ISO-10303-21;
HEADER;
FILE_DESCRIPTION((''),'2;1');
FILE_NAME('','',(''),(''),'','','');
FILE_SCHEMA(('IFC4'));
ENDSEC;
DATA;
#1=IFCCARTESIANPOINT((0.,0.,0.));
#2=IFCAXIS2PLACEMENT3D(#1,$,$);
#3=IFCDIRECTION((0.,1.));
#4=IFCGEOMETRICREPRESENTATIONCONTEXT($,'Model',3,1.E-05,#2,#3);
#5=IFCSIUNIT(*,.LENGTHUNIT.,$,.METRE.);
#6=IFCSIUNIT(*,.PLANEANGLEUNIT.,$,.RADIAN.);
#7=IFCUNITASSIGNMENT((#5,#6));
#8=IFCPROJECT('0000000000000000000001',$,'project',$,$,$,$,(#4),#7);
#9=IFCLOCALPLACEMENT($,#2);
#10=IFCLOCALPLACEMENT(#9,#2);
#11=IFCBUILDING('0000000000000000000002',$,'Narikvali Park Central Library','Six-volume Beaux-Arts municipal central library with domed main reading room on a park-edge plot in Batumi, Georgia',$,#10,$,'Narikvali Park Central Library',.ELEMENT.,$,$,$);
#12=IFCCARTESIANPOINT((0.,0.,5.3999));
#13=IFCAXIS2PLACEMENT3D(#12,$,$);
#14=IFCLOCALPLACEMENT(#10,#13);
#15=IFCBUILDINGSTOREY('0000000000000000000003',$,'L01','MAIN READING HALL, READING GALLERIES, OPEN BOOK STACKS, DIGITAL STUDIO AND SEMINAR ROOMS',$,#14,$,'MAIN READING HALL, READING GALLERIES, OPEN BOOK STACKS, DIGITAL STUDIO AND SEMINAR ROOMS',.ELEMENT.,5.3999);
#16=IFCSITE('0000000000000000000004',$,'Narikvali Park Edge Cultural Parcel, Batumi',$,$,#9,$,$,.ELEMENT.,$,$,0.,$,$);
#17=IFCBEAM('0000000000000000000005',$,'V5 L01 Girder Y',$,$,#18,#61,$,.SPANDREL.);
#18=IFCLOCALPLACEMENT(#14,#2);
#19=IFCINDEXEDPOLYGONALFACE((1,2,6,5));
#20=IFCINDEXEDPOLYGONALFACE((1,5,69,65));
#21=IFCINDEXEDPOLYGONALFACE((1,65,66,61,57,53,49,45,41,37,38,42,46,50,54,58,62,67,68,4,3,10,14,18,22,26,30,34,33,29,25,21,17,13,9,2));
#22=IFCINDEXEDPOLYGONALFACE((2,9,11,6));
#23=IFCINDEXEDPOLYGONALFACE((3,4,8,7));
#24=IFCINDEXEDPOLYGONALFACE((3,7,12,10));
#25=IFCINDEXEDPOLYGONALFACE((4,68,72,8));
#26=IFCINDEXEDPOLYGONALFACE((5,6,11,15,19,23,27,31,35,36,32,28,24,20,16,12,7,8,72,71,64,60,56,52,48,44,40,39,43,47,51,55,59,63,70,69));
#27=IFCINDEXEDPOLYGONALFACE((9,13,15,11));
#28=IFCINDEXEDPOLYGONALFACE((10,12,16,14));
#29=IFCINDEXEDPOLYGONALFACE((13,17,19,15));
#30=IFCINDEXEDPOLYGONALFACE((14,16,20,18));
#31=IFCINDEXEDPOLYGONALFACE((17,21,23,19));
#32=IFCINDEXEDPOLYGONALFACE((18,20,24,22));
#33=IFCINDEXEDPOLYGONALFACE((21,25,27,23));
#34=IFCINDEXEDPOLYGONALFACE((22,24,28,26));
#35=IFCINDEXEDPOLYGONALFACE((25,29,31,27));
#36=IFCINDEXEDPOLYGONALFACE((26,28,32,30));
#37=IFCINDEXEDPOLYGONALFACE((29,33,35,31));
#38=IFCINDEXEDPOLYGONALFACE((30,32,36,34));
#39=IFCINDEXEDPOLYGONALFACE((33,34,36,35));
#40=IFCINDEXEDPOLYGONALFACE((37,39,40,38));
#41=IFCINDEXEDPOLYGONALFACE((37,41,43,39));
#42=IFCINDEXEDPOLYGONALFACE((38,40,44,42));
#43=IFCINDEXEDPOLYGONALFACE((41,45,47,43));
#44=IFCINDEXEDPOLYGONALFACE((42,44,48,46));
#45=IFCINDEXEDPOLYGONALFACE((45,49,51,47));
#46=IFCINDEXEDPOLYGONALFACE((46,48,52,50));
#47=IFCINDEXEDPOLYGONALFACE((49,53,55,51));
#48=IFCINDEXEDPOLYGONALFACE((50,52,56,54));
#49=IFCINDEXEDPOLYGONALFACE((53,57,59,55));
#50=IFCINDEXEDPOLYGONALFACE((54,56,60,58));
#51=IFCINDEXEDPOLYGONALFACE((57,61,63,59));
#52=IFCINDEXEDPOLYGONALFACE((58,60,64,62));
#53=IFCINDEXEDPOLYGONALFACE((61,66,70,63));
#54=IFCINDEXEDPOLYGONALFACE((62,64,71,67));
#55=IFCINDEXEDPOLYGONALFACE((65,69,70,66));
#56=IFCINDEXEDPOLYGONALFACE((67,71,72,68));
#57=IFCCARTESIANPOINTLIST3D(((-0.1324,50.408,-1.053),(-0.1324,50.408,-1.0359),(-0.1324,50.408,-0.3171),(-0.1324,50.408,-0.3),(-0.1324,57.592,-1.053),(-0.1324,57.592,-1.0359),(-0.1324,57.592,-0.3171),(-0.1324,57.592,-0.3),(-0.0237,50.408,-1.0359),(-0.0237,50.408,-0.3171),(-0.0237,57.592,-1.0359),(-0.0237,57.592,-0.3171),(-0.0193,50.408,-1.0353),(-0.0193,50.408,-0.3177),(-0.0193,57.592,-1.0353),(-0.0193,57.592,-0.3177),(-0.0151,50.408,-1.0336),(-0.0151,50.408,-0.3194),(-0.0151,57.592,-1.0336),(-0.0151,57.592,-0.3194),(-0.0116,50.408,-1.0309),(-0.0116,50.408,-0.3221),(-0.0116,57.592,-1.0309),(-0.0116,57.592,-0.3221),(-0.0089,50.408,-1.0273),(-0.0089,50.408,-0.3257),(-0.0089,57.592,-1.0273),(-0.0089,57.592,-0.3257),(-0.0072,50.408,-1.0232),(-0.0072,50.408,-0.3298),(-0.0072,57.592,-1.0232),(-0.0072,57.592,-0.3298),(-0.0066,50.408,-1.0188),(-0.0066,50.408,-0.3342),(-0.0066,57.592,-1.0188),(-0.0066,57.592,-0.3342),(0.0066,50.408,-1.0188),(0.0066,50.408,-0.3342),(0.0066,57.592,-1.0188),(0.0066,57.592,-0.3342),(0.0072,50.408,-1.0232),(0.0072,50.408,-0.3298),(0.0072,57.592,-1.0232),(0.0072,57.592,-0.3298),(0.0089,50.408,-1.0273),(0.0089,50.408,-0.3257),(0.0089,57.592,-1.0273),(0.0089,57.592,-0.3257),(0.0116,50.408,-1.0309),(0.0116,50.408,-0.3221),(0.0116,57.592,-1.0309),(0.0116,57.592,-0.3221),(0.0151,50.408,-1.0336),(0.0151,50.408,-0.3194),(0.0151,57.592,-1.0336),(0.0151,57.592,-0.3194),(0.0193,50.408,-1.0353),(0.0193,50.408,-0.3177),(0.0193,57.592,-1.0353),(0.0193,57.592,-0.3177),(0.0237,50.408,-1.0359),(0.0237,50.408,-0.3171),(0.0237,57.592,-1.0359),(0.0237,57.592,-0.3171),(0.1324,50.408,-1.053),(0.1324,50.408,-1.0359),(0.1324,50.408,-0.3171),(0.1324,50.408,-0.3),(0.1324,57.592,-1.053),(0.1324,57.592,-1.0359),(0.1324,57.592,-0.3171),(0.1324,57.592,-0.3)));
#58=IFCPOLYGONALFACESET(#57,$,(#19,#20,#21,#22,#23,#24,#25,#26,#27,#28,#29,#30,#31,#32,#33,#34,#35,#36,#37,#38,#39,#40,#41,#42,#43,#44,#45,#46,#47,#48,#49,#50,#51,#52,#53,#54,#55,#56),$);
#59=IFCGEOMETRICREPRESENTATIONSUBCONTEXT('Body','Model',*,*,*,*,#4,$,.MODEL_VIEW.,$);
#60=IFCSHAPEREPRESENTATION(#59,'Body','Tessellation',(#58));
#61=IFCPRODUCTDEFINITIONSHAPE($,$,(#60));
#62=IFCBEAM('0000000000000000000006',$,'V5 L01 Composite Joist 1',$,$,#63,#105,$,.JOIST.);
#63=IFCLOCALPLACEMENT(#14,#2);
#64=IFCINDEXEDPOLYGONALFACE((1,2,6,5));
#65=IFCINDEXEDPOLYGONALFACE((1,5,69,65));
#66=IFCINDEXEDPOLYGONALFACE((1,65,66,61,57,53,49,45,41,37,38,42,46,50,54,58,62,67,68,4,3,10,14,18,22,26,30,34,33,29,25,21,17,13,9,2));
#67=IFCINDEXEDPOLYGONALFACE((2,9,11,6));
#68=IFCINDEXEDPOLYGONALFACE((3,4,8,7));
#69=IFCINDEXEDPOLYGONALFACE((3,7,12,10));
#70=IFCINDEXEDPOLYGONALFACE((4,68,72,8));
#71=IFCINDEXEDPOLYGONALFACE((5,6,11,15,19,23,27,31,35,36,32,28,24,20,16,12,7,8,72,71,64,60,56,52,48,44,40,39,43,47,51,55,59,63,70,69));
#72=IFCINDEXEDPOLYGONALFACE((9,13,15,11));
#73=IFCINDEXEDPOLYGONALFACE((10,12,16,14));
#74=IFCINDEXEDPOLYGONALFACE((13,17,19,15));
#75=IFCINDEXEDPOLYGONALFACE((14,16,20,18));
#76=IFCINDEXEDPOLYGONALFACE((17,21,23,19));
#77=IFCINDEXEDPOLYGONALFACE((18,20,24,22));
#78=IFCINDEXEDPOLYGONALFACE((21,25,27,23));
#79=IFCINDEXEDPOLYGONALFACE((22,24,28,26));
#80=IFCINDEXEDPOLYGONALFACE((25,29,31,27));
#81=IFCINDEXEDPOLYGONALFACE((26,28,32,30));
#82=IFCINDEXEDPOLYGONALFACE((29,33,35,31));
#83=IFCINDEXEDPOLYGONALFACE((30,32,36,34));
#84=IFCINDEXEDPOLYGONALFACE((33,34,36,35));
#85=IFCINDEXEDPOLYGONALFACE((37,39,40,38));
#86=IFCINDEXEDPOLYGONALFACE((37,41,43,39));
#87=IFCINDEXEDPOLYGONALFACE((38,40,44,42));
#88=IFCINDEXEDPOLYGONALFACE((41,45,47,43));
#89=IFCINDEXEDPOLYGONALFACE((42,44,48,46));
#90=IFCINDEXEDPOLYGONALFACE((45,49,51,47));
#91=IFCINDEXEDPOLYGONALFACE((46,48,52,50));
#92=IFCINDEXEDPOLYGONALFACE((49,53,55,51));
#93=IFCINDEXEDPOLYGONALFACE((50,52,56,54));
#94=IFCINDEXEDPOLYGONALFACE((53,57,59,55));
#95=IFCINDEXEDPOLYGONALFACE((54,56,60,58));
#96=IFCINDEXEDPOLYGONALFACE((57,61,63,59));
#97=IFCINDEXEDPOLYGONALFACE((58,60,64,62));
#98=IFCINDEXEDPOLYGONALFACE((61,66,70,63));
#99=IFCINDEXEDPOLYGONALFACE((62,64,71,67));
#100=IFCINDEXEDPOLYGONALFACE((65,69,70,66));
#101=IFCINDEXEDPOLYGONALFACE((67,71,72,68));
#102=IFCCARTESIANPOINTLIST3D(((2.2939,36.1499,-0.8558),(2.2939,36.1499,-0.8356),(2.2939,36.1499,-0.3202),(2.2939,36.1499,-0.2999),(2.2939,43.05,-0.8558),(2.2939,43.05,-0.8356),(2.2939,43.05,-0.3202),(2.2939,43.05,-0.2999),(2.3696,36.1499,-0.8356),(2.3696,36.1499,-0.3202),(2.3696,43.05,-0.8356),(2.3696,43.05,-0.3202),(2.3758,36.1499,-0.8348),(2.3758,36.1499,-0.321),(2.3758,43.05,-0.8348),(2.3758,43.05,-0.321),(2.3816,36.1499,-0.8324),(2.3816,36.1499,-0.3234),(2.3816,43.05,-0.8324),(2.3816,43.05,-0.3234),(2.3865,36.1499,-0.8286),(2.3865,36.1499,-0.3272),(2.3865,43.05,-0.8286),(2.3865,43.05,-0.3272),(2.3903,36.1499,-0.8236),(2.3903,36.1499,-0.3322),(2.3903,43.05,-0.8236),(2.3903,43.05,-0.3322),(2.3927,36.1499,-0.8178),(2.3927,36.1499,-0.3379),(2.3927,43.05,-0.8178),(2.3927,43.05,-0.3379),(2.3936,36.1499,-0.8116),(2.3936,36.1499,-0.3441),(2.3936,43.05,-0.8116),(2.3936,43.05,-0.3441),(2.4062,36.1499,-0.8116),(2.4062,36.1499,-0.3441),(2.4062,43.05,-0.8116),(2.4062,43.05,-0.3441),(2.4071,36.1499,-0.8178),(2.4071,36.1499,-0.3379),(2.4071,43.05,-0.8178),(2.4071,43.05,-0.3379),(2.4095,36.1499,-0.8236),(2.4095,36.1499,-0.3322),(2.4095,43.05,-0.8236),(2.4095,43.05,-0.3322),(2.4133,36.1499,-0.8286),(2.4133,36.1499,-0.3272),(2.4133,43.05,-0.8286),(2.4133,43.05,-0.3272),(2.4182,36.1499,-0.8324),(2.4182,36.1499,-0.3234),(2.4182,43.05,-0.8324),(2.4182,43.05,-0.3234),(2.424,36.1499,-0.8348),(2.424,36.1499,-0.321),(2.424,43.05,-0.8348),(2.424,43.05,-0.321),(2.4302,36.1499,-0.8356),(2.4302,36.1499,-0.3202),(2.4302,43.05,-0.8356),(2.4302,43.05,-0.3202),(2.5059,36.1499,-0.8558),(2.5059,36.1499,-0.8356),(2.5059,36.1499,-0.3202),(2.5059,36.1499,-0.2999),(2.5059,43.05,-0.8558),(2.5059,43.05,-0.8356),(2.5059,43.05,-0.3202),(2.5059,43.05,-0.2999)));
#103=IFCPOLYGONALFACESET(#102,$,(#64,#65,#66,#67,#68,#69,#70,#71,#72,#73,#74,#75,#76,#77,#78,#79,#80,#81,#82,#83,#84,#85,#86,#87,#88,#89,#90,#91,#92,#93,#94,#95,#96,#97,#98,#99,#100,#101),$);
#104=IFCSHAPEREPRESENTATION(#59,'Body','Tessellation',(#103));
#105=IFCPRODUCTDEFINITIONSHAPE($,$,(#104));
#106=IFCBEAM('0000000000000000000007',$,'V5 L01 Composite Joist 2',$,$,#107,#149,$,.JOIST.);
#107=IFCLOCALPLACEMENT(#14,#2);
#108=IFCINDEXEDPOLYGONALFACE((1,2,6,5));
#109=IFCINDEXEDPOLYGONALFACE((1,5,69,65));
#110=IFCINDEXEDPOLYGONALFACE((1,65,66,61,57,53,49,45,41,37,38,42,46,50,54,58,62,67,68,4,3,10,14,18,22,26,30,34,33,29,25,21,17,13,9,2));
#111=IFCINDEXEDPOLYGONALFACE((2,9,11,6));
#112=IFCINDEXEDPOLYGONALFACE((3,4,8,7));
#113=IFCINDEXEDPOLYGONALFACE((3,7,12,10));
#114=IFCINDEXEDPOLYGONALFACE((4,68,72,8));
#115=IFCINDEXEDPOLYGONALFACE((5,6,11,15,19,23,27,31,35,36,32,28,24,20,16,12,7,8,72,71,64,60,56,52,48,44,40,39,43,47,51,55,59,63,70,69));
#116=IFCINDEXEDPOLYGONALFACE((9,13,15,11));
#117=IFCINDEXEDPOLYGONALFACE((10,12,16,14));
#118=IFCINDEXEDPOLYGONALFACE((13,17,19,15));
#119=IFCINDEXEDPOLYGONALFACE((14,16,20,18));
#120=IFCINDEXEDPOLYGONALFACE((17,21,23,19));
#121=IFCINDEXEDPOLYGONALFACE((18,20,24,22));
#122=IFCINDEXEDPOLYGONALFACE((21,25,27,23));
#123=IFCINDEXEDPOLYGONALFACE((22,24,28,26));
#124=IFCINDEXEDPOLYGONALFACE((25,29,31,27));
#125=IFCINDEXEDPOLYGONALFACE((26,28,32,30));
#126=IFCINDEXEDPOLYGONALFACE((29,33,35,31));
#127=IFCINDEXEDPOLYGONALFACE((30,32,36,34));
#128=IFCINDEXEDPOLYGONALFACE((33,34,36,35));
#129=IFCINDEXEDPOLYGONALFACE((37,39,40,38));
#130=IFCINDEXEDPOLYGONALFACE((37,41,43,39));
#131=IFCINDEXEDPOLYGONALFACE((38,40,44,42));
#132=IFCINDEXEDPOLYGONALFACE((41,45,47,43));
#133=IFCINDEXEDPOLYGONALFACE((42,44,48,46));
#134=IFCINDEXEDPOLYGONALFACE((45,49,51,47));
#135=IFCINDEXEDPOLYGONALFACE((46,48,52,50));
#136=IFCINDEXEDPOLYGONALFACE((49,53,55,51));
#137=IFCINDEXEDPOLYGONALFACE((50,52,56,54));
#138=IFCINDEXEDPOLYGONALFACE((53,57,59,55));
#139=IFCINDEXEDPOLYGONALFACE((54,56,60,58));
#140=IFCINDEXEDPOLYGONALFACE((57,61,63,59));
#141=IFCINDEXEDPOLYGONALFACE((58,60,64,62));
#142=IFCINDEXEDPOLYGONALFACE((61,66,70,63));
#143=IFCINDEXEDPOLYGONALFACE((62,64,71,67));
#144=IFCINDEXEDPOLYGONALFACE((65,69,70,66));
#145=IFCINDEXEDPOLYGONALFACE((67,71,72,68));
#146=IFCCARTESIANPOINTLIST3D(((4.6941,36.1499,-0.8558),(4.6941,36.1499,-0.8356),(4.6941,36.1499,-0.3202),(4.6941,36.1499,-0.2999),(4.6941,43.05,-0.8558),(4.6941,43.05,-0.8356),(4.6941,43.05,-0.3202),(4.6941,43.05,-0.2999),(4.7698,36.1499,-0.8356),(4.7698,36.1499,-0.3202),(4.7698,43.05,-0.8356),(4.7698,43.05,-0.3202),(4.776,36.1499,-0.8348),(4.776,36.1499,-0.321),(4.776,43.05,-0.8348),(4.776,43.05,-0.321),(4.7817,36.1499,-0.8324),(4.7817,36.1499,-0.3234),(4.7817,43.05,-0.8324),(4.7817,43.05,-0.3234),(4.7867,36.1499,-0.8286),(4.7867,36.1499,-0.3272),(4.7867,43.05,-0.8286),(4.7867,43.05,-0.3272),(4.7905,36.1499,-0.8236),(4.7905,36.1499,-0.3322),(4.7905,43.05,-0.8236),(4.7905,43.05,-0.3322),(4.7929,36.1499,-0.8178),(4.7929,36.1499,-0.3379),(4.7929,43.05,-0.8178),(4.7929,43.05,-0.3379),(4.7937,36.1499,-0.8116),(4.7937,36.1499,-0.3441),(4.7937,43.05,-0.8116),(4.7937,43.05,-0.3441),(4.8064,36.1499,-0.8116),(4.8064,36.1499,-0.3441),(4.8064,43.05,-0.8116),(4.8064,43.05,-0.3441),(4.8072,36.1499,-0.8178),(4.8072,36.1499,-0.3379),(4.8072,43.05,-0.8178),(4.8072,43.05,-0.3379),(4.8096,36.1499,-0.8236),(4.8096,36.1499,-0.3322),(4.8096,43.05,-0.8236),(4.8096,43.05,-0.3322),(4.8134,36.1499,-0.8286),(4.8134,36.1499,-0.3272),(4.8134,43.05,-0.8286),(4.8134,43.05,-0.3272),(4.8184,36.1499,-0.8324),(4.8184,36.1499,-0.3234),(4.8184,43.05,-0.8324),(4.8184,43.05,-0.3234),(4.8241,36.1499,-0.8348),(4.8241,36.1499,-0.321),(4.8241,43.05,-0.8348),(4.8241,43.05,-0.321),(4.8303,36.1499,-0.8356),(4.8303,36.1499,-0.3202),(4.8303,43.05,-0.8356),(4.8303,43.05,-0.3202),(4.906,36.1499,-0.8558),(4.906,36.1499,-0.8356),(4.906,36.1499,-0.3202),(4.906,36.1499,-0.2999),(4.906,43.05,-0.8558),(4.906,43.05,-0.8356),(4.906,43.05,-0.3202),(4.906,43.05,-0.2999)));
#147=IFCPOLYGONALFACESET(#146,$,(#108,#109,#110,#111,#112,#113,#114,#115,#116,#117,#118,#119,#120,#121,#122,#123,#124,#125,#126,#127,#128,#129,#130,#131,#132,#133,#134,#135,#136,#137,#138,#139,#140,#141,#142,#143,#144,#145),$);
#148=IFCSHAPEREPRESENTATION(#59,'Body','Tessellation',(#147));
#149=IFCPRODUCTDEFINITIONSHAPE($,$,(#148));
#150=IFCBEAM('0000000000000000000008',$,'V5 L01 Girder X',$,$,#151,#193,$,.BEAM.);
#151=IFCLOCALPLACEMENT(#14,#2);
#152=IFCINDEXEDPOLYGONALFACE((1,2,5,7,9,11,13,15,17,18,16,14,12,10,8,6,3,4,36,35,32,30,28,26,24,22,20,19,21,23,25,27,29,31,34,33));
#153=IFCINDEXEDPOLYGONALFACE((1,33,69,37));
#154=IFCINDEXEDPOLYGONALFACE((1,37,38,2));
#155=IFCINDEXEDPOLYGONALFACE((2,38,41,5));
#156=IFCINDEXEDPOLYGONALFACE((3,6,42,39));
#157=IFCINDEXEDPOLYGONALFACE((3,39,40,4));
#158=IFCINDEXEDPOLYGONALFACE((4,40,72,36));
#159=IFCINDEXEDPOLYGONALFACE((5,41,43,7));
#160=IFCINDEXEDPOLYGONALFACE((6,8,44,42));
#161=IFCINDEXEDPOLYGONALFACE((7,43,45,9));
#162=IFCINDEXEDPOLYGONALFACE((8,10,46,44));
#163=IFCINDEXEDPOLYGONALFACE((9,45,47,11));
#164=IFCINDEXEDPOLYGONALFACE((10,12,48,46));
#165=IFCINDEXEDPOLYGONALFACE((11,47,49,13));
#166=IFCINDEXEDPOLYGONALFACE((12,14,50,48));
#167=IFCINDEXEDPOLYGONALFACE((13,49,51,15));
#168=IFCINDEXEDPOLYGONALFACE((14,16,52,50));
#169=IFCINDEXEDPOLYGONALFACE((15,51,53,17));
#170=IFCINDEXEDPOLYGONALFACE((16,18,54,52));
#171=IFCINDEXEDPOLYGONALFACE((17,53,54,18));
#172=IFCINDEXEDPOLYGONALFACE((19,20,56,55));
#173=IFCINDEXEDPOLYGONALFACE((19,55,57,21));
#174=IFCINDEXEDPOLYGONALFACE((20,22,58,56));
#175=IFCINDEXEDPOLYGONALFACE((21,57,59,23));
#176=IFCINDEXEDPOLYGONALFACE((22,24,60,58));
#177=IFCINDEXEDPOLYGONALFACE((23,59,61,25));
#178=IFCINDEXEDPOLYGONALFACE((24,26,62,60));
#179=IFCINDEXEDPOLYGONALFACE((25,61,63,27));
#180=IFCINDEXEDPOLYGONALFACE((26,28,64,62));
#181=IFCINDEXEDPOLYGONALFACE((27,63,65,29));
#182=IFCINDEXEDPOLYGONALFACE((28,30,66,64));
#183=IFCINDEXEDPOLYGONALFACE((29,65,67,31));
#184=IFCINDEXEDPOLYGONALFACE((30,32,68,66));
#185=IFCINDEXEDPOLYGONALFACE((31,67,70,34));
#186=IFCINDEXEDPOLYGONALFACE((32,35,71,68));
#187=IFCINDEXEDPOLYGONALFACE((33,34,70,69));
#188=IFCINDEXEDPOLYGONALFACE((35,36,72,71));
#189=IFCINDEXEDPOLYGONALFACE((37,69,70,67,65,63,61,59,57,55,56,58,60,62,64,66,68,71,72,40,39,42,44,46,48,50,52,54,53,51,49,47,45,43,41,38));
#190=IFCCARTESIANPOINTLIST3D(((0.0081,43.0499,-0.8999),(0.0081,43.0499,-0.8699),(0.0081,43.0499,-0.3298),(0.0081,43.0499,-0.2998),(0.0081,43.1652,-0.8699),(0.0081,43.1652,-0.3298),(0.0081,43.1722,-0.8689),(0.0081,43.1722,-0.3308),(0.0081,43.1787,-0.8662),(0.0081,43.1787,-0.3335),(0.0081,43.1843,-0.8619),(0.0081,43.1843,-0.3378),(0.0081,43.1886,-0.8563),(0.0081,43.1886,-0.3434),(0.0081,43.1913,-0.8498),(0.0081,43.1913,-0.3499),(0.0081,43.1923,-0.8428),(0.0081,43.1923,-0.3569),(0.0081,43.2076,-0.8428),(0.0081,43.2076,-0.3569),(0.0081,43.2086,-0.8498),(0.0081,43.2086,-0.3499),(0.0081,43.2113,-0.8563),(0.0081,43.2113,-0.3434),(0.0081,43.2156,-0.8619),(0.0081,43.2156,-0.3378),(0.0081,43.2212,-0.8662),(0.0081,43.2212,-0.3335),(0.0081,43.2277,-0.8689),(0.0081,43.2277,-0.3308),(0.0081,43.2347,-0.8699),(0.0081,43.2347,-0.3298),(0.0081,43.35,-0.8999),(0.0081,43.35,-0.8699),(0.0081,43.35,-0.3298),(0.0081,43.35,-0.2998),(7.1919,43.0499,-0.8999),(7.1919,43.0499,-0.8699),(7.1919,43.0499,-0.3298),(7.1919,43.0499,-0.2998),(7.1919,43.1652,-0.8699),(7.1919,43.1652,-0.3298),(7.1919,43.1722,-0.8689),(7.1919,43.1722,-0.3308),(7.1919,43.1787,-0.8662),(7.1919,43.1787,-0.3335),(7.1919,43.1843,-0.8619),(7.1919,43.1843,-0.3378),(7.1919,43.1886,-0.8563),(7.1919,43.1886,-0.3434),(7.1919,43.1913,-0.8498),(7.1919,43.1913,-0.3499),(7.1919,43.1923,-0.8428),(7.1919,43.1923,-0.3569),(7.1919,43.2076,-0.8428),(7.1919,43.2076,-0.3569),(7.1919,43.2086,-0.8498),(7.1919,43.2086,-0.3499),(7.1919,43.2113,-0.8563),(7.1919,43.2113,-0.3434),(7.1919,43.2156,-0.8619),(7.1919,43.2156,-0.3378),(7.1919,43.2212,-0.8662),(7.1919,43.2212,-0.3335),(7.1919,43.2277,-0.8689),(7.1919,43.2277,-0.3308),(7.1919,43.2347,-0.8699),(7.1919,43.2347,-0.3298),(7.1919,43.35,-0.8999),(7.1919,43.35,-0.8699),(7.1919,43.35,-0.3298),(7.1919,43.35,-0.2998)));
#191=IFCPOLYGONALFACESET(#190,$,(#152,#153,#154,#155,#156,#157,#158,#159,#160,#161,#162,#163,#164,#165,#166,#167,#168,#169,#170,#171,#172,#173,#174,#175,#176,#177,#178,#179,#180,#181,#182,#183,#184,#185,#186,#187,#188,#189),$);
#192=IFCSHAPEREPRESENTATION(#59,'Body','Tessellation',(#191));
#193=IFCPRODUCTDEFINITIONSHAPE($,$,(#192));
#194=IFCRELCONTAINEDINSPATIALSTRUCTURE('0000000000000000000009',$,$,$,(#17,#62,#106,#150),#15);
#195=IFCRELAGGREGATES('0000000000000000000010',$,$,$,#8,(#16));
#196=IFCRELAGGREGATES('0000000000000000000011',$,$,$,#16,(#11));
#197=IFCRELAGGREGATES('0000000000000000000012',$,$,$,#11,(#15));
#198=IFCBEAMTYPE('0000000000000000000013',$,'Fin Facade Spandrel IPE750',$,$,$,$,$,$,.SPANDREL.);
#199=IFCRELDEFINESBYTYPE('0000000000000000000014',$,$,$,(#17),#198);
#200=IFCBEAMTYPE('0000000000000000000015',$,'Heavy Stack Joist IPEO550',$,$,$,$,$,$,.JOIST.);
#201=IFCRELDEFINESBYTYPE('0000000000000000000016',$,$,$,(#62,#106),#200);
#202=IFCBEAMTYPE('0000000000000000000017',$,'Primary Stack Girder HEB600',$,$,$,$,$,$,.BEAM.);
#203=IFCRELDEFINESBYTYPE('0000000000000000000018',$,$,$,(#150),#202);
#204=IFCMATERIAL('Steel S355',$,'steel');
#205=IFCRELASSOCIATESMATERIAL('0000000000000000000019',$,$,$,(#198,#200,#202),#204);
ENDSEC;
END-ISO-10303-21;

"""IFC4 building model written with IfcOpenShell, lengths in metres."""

from ifc_helpers import new_model, si_unit, direction, frame, origin, origin_2d, place, context, subcontext, project, spatial, i_section, extrude, material, material_profile, profile_set, type_object, element, save


model = new_model("IFC4")

# Units and contexts
model_context = context("Model", 3, precision=1e-05, world=origin(), true_north=direction((0.0, 1.0)))
body_context = subcontext(model_context, "Body", "Model", "MODEL_VIEW")
ifc_project = project(units=[si_unit("LENGTHUNIT", "METRE"), si_unit("PLANEANGLEUNIT", "RADIAN")], contexts=[model_context])

# Site, building, storey
site_placement = place(None, origin())
site = spatial("IfcSite", under=ifc_project, at=site_placement, Name="Narikvali Park Edge Cultural Parcel, Batumi", CompositionType="ELEMENT", RefElevation=0.0)
building_placement = place(site_placement, origin())
building = spatial("IfcBuilding", under=site, at=building_placement, Name="Narikvali Park Central Library", Description="Six-volume Beaux-Arts municipal central library with domed main reading room on a park-edge plot in Batumi, Georgia", LongName="Narikvali Park Central Library", CompositionType="ELEMENT")
storey_placement = place(building_placement, frame((0.0, 0.0, 5.3999)))
storey = spatial("IfcBuildingStorey", under=building, at=storey_placement, Name="L01", Description="MAIN READING HALL, READING GALLERIES, OPEN BOOK STACKS, DIGITAL STUDIO AND SEMINAR ROOMS", LongName="MAIN READING HALL, READING GALLERIES, OPEN BOOK STACKS, DIGITAL STUDIO AND SEMINAR ROOMS", CompositionType="ELEMENT", Elevation=5.3999)

# Shared definitions
ifc_material_1 = material(Name="Steel S355", Category="steel")

# Beams
ifc_material_profile_1 = material_profile(ifc_material_1, i_section(OverallWidth=0.2649, OverallDepth=0.7529, WebThickness=0.0132, FlangeThickness=0.0171, FilletRadius=0.0171, at=origin_2d()), Name="IPE 750x147")
ifc_profile_set_1 = profile_set([ifc_material_profile_1], Name="Steel S355")
beam_type_1 = type_object("IfcBeamType", Name="Fin Facade Spandrel IPE750", PredefinedType="SPANDREL", material=ifc_profile_set_1)
for number, where, z_axis, x_axis, name in (
    (1, (0.0, 50.408, -0.6765), (0.0, 1.0, 0.0), (-1.0, 0.0, 0.0), "V5 L01 Girder Y"),
):
    element("IfcBeam", number, at=place(storey_placement, frame(where, z_axis=z_axis, x_axis=x_axis)), inside=storey, type_object=beam_type_1, Name=name, PredefinedType="SPANDREL", context=body_context, shape_type="SweptSolid", body=[
        extrude(i_section(OverallWidth=0.2649, OverallDepth=0.7529, WebThickness=0.0132, FlangeThickness=0.0171, FilletRadius=0.0171, at=origin_2d()), origin(), (0.0, 0.0, 1.0), 7.1841),
    ])
ifc_material_profile_2 = material_profile(ifc_material_1, i_section(OverallWidth=0.2119, OverallDepth=0.5559, WebThickness=0.0127, FlangeThickness=0.0203, FilletRadius=0.0239, at=origin_2d()), Name="IPEO 550")
ifc_profile_set_2 = profile_set([ifc_material_profile_2], Name="Steel S355")
beam_type_2 = type_object("IfcBeamType", Name="Heavy Stack Joist IPEO550", PredefinedType="JOIST", material=ifc_profile_set_2)
for number, where, z_axis, x_axis, name in (
    (2, (2.3999, 36.1499, -0.5779), (0.0, 1.0, 0.0), (-1.0, 0.0, 0.0), "V5 L01 Composite Joist 1"),
    (3, (4.8, 36.1499, -0.5779), (0.0, 1.0, 0.0), (-1.0, 0.0, 0.0), "V5 L01 Composite Joist 2"),
):
    element("IfcBeam", number, at=place(storey_placement, frame(where, z_axis=z_axis, x_axis=x_axis)), inside=storey, type_object=beam_type_2, Name=name, PredefinedType="JOIST", context=body_context, shape_type="SweptSolid", body=[
        extrude(i_section(OverallWidth=0.2119, OverallDepth=0.5559, WebThickness=0.0127, FlangeThickness=0.0203, FilletRadius=0.0239, at=origin_2d()), origin(), (0.0, 0.0, 1.0), 6.9001),
    ])
ifc_material_profile_3 = material_profile(ifc_material_1, i_section(OverallWidth=0.3, OverallDepth=0.6001, WebThickness=0.0154, FlangeThickness=0.03, FilletRadius=0.0271, at=origin_2d()), Name="HEB 600")
ifc_profile_set_3 = profile_set([ifc_material_profile_3], Name="Steel S355")
beam_type_3 = type_object("IfcBeamType", Name="Primary Stack Girder HEB600", PredefinedType="BEAM", material=ifc_profile_set_3)
beam_placement = place(storey_placement, frame((0.0081, 43.2, -0.5999), z_axis=(1.0, 0.0, 0.0), x_axis=(0.0, 1.0, 0.0)))
element("IfcBeam", 4, at=beam_placement, inside=storey, type_object=beam_type_3, Name="V5 L01 Girder X", PredefinedType="BEAM", context=body_context, shape_type="SweptSolid", body=[
    extrude(i_section(OverallWidth=0.3, OverallDepth=0.6001, WebThickness=0.0154, FlangeThickness=0.03, FilletRadius=0.0271, at=origin_2d()), origin(), (0.0, 0.0, 1.0), 7.1838),
])

save(model, "model.ifc")
